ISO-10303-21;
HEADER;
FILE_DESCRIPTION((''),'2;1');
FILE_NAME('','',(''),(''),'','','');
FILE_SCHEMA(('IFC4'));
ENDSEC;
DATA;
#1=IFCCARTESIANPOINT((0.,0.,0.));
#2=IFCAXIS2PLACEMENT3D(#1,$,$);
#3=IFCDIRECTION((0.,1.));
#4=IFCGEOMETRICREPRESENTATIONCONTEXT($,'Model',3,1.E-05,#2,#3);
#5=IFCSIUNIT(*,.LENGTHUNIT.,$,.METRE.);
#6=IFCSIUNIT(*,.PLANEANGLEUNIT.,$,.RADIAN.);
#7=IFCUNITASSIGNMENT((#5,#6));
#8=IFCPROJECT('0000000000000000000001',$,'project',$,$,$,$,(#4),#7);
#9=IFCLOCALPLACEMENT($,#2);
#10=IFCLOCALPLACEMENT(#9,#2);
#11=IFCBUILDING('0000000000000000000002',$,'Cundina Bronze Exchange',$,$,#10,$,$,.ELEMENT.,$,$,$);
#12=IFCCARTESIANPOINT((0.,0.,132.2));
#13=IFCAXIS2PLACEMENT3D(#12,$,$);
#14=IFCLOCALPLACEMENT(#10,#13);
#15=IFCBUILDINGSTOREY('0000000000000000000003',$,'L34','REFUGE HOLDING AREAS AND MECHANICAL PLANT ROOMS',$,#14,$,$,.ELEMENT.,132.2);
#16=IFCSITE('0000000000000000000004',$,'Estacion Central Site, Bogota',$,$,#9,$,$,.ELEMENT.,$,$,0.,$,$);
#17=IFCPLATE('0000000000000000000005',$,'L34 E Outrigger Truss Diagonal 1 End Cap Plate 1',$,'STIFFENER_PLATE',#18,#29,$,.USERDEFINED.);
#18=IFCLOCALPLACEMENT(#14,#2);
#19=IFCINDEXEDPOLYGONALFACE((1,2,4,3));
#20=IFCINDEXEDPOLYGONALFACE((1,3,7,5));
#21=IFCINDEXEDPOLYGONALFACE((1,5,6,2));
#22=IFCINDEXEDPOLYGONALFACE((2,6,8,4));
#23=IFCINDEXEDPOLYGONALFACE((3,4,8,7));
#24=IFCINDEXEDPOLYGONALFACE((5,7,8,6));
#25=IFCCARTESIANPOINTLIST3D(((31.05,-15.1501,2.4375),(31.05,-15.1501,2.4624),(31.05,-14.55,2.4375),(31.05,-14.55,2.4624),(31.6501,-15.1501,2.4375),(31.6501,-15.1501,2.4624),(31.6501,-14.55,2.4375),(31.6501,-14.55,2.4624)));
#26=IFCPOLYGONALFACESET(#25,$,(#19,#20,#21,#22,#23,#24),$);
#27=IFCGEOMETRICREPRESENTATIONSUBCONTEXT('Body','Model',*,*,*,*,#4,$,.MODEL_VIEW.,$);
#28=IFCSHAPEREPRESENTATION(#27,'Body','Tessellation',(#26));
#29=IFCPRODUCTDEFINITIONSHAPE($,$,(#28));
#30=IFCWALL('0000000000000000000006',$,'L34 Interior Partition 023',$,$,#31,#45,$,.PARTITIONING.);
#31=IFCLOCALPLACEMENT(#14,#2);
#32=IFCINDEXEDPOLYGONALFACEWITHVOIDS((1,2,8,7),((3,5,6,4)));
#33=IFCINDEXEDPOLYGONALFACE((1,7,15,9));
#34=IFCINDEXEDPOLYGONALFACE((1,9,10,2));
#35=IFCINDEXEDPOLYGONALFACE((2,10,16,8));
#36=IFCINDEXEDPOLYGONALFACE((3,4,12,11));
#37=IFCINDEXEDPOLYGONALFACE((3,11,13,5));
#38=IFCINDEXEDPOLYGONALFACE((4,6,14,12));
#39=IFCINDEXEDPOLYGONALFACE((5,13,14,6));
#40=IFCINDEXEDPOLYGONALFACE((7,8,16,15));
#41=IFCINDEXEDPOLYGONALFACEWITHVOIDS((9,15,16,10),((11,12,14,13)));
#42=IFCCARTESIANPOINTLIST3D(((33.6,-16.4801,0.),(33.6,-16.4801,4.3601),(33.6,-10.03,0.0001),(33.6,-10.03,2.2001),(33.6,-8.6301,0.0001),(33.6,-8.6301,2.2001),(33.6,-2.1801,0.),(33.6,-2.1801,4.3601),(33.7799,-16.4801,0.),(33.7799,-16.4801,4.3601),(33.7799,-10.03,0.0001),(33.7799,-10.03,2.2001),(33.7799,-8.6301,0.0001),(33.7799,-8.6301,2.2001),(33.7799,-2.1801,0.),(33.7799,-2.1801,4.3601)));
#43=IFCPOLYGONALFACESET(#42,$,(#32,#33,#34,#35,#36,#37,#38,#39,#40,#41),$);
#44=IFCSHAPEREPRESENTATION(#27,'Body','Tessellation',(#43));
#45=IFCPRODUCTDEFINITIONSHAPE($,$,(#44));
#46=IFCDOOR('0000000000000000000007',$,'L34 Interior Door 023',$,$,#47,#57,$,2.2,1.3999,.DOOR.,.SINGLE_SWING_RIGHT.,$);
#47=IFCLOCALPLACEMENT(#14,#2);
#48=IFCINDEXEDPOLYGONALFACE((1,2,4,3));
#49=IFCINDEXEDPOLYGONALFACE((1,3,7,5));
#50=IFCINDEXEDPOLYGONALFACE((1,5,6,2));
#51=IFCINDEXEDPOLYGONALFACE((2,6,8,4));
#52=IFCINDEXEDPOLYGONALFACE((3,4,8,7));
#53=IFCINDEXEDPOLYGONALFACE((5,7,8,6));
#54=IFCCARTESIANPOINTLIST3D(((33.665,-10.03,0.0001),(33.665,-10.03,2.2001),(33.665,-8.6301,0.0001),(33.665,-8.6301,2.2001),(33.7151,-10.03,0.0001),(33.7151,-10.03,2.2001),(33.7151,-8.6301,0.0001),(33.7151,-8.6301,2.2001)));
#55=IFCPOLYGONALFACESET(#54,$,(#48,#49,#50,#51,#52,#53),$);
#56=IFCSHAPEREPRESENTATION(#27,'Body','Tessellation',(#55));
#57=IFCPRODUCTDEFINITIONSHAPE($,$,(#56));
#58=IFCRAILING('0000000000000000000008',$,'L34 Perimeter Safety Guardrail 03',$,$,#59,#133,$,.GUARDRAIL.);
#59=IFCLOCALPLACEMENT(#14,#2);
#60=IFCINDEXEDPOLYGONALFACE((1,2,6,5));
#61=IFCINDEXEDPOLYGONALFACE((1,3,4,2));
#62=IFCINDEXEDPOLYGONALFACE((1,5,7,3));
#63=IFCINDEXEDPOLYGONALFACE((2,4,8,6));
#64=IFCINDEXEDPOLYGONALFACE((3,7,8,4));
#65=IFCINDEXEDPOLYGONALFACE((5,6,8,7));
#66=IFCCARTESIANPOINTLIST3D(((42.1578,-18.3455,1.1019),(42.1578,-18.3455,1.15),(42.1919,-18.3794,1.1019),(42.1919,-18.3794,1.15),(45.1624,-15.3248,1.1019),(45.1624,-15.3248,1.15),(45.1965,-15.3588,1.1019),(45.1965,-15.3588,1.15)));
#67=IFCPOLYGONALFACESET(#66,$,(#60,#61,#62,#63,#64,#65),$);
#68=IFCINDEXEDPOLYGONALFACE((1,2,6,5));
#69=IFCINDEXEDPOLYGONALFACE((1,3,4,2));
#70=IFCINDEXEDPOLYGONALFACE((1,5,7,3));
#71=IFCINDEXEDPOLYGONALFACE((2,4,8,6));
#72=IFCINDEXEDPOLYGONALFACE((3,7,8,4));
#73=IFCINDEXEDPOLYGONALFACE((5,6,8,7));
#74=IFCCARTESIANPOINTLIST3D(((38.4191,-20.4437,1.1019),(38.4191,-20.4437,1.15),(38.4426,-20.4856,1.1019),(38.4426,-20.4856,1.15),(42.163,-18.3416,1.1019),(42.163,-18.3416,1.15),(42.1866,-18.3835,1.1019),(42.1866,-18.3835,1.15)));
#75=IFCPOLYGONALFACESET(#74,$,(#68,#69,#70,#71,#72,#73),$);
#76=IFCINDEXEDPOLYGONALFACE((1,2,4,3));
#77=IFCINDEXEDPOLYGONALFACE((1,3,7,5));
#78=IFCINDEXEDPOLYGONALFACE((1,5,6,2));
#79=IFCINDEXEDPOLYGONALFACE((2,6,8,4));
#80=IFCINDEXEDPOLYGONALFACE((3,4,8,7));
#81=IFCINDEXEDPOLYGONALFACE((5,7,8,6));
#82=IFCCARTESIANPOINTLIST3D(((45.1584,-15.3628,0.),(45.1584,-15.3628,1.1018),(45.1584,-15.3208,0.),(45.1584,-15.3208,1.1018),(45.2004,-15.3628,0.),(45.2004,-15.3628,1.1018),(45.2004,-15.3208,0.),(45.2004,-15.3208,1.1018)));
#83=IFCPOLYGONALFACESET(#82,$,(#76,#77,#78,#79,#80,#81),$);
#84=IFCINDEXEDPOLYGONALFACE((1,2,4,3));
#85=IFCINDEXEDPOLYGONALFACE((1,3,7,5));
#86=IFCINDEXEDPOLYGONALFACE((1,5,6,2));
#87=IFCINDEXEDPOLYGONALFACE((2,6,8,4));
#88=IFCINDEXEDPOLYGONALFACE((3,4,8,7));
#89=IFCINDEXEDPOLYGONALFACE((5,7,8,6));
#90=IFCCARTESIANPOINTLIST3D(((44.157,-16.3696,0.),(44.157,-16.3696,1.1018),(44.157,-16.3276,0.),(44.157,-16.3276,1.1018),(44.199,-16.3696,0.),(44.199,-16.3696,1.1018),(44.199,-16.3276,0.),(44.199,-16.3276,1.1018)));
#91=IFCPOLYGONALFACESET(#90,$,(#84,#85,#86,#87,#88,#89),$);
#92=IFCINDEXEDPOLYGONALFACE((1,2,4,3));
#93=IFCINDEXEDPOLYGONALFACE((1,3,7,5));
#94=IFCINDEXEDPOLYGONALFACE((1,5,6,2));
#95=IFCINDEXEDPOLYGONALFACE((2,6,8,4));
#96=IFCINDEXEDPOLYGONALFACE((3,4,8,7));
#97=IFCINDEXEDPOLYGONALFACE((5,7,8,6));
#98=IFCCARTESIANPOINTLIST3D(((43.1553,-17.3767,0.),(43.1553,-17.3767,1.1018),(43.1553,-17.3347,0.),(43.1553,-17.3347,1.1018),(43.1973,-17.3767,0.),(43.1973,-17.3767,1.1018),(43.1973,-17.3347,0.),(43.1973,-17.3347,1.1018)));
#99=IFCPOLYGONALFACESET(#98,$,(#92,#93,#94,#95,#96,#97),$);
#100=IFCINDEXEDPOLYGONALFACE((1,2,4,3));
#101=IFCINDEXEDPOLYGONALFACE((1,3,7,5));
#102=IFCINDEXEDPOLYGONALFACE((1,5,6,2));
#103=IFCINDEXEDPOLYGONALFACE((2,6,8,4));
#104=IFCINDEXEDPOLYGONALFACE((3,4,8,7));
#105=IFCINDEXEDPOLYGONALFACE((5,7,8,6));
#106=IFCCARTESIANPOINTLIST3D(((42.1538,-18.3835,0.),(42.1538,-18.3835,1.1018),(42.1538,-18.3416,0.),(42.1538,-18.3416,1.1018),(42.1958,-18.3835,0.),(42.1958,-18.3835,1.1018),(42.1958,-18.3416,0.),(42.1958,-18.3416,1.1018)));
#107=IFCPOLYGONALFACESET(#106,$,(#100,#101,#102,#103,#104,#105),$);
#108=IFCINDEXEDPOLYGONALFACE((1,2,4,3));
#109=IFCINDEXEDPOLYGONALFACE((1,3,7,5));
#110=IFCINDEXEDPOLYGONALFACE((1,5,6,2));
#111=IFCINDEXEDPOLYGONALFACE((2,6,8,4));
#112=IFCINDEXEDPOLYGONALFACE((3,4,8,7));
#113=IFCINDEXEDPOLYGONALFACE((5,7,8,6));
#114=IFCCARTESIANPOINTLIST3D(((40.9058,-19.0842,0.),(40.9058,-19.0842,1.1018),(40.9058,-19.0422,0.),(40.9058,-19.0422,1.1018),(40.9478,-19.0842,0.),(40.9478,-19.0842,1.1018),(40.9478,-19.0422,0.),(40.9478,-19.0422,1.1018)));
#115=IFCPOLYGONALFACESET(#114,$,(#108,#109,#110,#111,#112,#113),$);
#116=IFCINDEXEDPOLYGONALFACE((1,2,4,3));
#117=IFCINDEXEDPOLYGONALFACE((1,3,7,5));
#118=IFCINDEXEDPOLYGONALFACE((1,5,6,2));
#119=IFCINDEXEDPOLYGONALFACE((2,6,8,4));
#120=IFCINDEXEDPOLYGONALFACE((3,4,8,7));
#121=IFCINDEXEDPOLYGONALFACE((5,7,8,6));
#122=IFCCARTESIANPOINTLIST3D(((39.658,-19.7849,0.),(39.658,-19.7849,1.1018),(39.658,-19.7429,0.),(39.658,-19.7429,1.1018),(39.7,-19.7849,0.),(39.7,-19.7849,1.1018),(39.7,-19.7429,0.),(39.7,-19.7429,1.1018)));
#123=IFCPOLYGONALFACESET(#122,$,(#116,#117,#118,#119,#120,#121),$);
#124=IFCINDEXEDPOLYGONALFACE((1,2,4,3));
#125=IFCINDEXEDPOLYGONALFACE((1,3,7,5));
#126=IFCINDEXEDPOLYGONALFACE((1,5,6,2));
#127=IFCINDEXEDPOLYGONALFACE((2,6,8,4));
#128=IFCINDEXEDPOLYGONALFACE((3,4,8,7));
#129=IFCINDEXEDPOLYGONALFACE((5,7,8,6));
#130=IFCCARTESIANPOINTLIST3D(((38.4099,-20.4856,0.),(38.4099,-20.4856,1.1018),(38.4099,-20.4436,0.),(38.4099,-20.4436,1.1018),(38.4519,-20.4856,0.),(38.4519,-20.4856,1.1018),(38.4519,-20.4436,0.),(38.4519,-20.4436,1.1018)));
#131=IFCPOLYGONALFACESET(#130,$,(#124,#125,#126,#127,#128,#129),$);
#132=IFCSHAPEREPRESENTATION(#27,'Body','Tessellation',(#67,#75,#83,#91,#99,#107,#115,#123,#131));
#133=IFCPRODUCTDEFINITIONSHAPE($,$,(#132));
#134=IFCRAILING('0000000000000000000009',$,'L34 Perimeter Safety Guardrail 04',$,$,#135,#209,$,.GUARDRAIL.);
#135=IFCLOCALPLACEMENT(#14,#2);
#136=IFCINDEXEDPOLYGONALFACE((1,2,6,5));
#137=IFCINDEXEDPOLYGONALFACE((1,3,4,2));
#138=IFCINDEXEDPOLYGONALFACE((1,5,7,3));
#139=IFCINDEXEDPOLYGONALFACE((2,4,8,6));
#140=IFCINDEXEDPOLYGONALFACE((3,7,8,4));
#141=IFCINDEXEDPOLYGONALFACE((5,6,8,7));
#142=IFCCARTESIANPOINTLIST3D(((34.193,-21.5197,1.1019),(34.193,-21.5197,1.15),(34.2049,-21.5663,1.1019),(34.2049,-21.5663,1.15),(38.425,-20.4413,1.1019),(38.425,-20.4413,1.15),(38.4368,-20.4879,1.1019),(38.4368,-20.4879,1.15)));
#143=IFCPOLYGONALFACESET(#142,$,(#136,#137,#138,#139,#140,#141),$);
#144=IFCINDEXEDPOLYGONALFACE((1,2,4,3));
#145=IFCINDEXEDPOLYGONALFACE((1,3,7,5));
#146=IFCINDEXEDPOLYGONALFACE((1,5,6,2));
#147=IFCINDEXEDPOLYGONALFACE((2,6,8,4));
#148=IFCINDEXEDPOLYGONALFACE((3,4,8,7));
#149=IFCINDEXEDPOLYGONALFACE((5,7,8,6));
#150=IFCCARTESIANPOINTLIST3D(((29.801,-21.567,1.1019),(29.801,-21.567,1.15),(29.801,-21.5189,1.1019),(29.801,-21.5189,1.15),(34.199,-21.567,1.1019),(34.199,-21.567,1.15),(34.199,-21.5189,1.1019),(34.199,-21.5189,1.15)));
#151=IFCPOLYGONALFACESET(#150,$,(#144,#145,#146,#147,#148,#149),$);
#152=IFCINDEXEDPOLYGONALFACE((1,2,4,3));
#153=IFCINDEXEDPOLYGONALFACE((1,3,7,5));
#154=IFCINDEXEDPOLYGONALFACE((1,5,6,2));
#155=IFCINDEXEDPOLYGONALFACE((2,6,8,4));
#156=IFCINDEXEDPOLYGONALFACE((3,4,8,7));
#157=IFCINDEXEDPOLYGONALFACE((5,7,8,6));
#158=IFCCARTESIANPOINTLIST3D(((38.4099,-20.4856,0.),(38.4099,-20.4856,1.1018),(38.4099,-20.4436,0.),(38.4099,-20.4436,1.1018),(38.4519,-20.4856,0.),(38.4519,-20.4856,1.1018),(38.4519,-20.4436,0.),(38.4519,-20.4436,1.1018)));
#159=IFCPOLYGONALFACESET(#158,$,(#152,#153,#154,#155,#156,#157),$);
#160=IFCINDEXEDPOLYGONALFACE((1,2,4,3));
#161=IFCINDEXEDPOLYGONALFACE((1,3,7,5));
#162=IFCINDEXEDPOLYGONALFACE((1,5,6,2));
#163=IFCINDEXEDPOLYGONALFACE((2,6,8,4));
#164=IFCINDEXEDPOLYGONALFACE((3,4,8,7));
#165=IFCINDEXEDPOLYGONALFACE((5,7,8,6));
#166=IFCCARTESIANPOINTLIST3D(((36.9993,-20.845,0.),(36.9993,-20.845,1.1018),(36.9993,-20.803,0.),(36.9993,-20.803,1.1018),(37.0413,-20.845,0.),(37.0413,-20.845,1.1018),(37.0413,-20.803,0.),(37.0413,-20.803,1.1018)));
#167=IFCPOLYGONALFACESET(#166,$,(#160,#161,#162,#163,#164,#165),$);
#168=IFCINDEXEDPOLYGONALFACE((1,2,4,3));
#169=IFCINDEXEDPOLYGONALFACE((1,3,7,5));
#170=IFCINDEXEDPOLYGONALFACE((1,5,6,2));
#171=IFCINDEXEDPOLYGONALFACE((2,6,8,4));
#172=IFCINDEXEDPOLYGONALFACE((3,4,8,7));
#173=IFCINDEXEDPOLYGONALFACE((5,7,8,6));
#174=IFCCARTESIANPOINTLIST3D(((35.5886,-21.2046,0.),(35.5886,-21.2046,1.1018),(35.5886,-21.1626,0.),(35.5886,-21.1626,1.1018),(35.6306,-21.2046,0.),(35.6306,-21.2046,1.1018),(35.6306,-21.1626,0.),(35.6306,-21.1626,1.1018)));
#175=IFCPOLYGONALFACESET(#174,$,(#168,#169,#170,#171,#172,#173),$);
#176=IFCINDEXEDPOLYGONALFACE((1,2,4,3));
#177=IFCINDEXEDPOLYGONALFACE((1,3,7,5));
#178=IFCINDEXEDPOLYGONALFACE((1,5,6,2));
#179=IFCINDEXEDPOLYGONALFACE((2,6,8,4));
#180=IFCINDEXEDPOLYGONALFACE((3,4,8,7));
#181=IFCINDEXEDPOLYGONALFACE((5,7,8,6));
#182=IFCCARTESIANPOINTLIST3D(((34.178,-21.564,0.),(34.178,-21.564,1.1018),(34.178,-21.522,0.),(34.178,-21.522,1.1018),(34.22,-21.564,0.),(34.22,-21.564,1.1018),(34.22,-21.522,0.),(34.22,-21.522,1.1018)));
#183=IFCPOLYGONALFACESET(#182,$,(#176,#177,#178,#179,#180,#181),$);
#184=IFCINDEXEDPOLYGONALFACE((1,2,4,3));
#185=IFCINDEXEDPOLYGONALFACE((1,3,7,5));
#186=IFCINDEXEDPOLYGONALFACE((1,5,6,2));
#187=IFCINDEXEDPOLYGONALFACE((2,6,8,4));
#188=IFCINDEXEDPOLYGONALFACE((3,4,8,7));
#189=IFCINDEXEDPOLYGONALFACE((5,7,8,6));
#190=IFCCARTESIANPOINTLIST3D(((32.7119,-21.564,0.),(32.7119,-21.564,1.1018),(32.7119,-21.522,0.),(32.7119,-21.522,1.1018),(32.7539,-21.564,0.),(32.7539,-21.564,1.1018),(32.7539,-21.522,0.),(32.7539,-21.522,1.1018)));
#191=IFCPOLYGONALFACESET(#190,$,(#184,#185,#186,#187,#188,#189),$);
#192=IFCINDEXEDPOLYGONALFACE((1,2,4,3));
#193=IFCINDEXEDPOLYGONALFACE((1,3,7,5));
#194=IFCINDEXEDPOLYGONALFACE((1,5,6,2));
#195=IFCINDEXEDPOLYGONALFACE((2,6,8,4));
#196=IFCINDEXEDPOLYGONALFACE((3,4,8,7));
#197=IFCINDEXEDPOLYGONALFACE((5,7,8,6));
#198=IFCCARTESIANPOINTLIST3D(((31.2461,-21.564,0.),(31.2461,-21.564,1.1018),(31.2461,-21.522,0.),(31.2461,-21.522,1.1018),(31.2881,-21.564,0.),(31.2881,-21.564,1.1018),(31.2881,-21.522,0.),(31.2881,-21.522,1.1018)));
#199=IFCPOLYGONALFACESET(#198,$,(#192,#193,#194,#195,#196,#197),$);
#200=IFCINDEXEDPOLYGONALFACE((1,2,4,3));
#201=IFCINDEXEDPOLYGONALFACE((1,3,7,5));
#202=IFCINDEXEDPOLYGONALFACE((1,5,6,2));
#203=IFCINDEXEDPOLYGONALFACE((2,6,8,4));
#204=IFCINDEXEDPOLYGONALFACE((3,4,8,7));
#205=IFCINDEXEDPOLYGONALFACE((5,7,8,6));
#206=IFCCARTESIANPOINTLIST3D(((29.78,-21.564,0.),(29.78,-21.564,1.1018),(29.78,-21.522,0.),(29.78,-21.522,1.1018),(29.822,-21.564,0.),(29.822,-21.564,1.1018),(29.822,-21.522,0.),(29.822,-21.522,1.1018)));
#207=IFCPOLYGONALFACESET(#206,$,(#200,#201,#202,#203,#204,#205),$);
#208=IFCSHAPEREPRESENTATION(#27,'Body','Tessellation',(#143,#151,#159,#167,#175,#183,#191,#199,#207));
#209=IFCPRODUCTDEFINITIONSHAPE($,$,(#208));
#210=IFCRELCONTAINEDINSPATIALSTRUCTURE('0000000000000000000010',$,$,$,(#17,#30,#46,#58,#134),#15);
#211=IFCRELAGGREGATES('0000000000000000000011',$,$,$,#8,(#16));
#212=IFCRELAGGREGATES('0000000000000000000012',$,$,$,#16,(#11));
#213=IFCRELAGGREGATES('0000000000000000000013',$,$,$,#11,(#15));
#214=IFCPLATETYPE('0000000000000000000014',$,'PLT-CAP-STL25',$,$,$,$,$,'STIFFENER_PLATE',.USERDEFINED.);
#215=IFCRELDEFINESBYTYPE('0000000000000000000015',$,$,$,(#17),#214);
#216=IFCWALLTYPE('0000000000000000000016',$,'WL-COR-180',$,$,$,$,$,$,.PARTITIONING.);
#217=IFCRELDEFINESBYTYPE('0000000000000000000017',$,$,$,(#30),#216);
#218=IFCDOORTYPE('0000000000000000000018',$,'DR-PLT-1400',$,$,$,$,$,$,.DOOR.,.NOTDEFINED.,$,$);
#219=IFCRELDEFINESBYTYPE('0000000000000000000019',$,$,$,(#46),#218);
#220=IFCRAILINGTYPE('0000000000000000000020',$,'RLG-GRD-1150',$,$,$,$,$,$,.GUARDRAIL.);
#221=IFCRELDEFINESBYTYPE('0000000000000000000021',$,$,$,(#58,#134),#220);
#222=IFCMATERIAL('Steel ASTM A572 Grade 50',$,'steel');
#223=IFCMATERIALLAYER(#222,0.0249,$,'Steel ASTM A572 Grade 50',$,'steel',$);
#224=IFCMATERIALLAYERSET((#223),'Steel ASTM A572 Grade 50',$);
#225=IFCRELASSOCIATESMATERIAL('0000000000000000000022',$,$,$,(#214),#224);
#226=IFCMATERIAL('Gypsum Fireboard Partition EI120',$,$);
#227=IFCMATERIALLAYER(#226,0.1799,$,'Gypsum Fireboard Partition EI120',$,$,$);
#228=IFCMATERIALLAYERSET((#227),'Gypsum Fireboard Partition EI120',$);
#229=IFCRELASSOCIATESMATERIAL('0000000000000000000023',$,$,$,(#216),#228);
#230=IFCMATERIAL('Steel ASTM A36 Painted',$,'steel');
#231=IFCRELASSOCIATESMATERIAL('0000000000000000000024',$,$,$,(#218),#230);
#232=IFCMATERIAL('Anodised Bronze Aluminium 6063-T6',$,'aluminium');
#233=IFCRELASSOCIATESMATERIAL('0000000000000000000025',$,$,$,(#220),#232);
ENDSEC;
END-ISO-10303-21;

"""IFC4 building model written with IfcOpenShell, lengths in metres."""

from ifc_helpers import new_model, si_unit, direction, frame, frame_2d, origin, origin_2d, place, context, subcontext, project, spatial, rectangle, extrude, material, layer, layer_set, type_object, element, fill, save


model = new_model("IFC4")

# Units and contexts
model_context = context("Model", 3, precision=1e-05, world=origin(), true_north=direction((0.0, 1.0)))
body_context = subcontext(model_context, "Body", "Model", "MODEL_VIEW")
ifc_project = project(units=[si_unit("LENGTHUNIT", "METRE"), si_unit("PLANEANGLEUNIT", "RADIAN")], contexts=[model_context])

# Site, building, storey
site_placement = place(None, origin())
site = spatial("IfcSite", under=ifc_project, at=site_placement, Name="Estacion Central Site, Bogota", CompositionType="ELEMENT", RefElevation=0.0)
building_placement = place(site_placement, origin())
building = spatial("IfcBuilding", under=site, at=building_placement, Name="Cundina Bronze Exchange", CompositionType="ELEMENT")
storey_placement = place(building_placement, frame((0.0, 0.0, 132.2)))
storey = spatial("IfcBuildingStorey", under=building, at=storey_placement, Name="L34", Description="REFUGE HOLDING AREAS AND MECHANICAL PLANT ROOMS", CompositionType="ELEMENT", Elevation=132.2)

# Plate
ifc_material_1 = material(Name="Steel ASTM A572 Grade 50", Category="steel")
ifc_layer_1 = layer(ifc_material_1, 0.0249, Name="Steel ASTM A572 Grade 50", Category="steel")
ifc_layer_set_1 = layer_set([ifc_layer_1], Name="Steel ASTM A572 Grade 50")
plate_type_1 = type_object("IfcPlateType", Name="PLT-CAP-STL25", ElementType="STIFFENER_PLATE", PredefinedType="USERDEFINED", material=ifc_layer_set_1)
plate_placement = place(storey_placement, frame((31.3501, -14.8501, 2.4375), z_axis=(0.0, 0.0, 1.0), x_axis=(1.0, 0.0, 0.0)))
element("IfcPlate", 1, at=plate_placement, inside=storey, type_object=plate_type_1, Name="L34 E Outrigger Truss Diagonal 1 End Cap Plate 1", ObjectType="STIFFENER_PLATE", PredefinedType="USERDEFINED", context=body_context, shape_type="SweptSolid", body=[
    extrude(rectangle(XDim=0.6001, YDim=0.6001, at=origin_2d()), origin(), (0.0, 0.0, 1.0), 0.0249),
])

# Wall, opening, door
ifc_material_2 = material(Name="Gypsum Fireboard Partition EI120")
ifc_layer_2 = layer(ifc_material_2, 0.1799, Name="Gypsum Fireboard Partition EI120")
ifc_layer_set_2 = layer_set([ifc_layer_2], Name="Gypsum Fireboard Partition EI120")
wall_type = type_object("IfcWallType", Name="WL-COR-180", PredefinedType="PARTITIONING", material=ifc_layer_set_2)
wall_placement = place(storey_placement, frame((33.6899, -16.48, 0.0), z_axis=(0.0, 0.0, 1.0), x_axis=(0.0, 1.0, 0.0)))
wall = element("IfcWall", 2, at=wall_placement, inside=storey, type_object=wall_type, Name="L34 Interior Partition 023", PredefinedType="PARTITIONING", context=body_context, shape_type="SweptSolid", body=[
    extrude(rectangle(XDim=14.3, YDim=0.1799, at=frame_2d((7.1499, 0.0))), origin(), (0.0, 0.0, 1.0), 4.3601),
])
opening_placement = place(wall_placement, frame((6.45, 0.0, 0.0)))
opening = element("IfcOpeningElement", 3, at=opening_placement, cuts=wall, PredefinedType="OPENING", context=body_context, shape_type="SweptSolid", body=[
    extrude(rectangle(XDim=1.3999, YDim=2.2, at=frame_2d((0.7, 1.1001))), frame((0.0, 0.0999, 0.0), z_axis=(0.0, -1.0, 0.0), x_axis=(1.0, 0.0, 0.0)), (0.0, 0.0, 1.0), 0.2),
])
ifc_material_3 = material(Name="Steel ASTM A36 Painted", Category="steel")
door_type = type_object("IfcDoorType", Name="DR-PLT-1400", OperationType="NOTDEFINED", PredefinedType="DOOR", material=ifc_material_3)
door_placement = place(opening_placement, origin())
door = element("IfcDoor", 4, at=door_placement, inside=storey, type_object=door_type, Name="L34 Interior Door 023", OperationType="SINGLE_SWING_RIGHT", OverallHeight=2.2, OverallWidth=1.3999, PredefinedType="DOOR", context=body_context, shape_type="SweptSolid", body=[
    extrude(rectangle(XDim=1.3999, YDim=2.2, at=frame_2d((0.7, 1.1001))), frame((0.0, 0.0249, 0.0), z_axis=(0.0, -1.0, 0.0), x_axis=(1.0, 0.0, 0.0)), (0.0, 0.0, 1.0), 0.05),
])
fill(opening, door)

# Railings
ifc_material_4 = material(Name="Anodised Bronze Aluminium 6063-T6", Category="aluminium")
railing_type = type_object("IfcRailingType", Name="RLG-GRD-1150", PredefinedType="GUARDRAIL", material=ifc_material_4)
railing_1_placement = place(storey_placement, frame((45.1794, -15.3418, 0.0)))
element("IfcRailing", 5, at=railing_1_placement, inside=storey, type_object=railing_type, Name="L34 Perimeter Safety Guardrail 03", PredefinedType="GUARDRAIL", context=body_context, shape_type="SweptSolid", body=[
    extrude(rectangle(XDim=0.0481, YDim=0.0481, at=origin_2d()), frame((0.0, 0.0, 1.126), z_axis=(-0.705213, -0.708995, 0.0), x_axis=(0.708995, -0.705213, 0.0)), (0.0, 0.0, 1.0), 4.2605),
    extrude(rectangle(XDim=0.0481, YDim=0.0481, at=origin_2d()), frame((-3.0046, -3.0208, 1.126), z_axis=(-0.871962, -0.489573, 0.0), x_axis=(0.489573, -0.871962, 0.0)), (0.0, 0.0, 1.0), 4.2937),
    extrude(rectangle(XDim=0.042, YDim=0.042, at=origin_2d()), origin(), (0.0, 0.0, 1.0), 1.1018),
    extrude(rectangle(XDim=0.042, YDim=0.042, at=origin_2d()), frame((-1.0015, -1.0068, 0.0)), (0.0, 0.0, 1.0), 1.1018),
    extrude(rectangle(XDim=0.042, YDim=0.042, at=origin_2d()), frame((-2.0032, -2.0139, 0.0)), (0.0, 0.0, 1.0), 1.1018),
    extrude(rectangle(XDim=0.042, YDim=0.042, at=origin_2d()), frame((-3.0046, -3.0208, 0.0)), (0.0, 0.0, 1.0), 1.1018),
    extrude(rectangle(XDim=0.042, YDim=0.042, at=origin_2d()), frame((-4.2527, -3.7214, 0.0)), (0.0, 0.0, 1.0), 1.1018),
    extrude(rectangle(XDim=0.042, YDim=0.042, at=origin_2d()), frame((-5.5005, -4.4221, 0.0)), (0.0, 0.0, 1.0), 1.1018),
    extrude(rectangle(XDim=0.042, YDim=0.042, at=origin_2d()), frame((-6.7485, -5.1228, 0.0)), (0.0, 0.0, 1.0), 1.1018),
])
railing_2_placement = place(storey_placement, frame((38.4309, -20.4646, 0.0)))
element("IfcRailing", 6, at=railing_2_placement, inside=storey, type_object=railing_type, Name="L34 Perimeter Safety Guardrail 04", PredefinedType="GUARDRAIL", context=body_context, shape_type="SweptSolid", body=[
    extrude(rectangle(XDim=0.0481, YDim=0.0481, at=origin_2d()), frame((0.0, 0.0, 1.126), z_axis=(-0.969034, -0.246927, 0.0), x_axis=(0.246927, -0.969034, 0.0)), (0.0, 0.0, 1.0), 4.3672),
    extrude(rectangle(XDim=0.0481, YDim=0.0481, at=origin_2d()), frame((-4.2319, -1.0784, 1.126), z_axis=(-1.0, 0.0, 0.0), x_axis=(0.0, -1.0, 0.0)), (0.0, 0.0, 1.0), 4.3979),
    extrude(rectangle(XDim=0.042, YDim=0.042, at=origin_2d()), origin(), (0.0, 0.0, 1.0), 1.1018),
    extrude(rectangle(XDim=0.042, YDim=0.042, at=origin_2d()), frame((-1.4106, -0.3594, 0.0)), (0.0, 0.0, 1.0), 1.1018),
    extrude(rectangle(XDim=0.042, YDim=0.042, at=origin_2d()), frame((-2.8213, -0.719, 0.0)), (0.0, 0.0, 1.0), 1.1018),
    extrude(rectangle(XDim=0.042, YDim=0.042, at=origin_2d()), frame((-4.2319, -1.0784, 0.0)), (0.0, 0.0, 1.0), 1.1018),
    extrude(rectangle(XDim=0.042, YDim=0.042, at=origin_2d()), frame((-5.698, -1.0784, 0.0)), (0.0, 0.0, 1.0), 1.1018),
    extrude(rectangle(XDim=0.042, YDim=0.042, at=origin_2d()), frame((-7.1638, -1.0784, 0.0)), (0.0, 0.0, 1.0), 1.1018),
    extrude(rectangle(XDim=0.042, YDim=0.042, at=origin_2d()), frame((-8.6299, -1.0784, 0.0)), (0.0, 0.0, 1.0), 1.1018),
])

save(model, "model.ifc")
